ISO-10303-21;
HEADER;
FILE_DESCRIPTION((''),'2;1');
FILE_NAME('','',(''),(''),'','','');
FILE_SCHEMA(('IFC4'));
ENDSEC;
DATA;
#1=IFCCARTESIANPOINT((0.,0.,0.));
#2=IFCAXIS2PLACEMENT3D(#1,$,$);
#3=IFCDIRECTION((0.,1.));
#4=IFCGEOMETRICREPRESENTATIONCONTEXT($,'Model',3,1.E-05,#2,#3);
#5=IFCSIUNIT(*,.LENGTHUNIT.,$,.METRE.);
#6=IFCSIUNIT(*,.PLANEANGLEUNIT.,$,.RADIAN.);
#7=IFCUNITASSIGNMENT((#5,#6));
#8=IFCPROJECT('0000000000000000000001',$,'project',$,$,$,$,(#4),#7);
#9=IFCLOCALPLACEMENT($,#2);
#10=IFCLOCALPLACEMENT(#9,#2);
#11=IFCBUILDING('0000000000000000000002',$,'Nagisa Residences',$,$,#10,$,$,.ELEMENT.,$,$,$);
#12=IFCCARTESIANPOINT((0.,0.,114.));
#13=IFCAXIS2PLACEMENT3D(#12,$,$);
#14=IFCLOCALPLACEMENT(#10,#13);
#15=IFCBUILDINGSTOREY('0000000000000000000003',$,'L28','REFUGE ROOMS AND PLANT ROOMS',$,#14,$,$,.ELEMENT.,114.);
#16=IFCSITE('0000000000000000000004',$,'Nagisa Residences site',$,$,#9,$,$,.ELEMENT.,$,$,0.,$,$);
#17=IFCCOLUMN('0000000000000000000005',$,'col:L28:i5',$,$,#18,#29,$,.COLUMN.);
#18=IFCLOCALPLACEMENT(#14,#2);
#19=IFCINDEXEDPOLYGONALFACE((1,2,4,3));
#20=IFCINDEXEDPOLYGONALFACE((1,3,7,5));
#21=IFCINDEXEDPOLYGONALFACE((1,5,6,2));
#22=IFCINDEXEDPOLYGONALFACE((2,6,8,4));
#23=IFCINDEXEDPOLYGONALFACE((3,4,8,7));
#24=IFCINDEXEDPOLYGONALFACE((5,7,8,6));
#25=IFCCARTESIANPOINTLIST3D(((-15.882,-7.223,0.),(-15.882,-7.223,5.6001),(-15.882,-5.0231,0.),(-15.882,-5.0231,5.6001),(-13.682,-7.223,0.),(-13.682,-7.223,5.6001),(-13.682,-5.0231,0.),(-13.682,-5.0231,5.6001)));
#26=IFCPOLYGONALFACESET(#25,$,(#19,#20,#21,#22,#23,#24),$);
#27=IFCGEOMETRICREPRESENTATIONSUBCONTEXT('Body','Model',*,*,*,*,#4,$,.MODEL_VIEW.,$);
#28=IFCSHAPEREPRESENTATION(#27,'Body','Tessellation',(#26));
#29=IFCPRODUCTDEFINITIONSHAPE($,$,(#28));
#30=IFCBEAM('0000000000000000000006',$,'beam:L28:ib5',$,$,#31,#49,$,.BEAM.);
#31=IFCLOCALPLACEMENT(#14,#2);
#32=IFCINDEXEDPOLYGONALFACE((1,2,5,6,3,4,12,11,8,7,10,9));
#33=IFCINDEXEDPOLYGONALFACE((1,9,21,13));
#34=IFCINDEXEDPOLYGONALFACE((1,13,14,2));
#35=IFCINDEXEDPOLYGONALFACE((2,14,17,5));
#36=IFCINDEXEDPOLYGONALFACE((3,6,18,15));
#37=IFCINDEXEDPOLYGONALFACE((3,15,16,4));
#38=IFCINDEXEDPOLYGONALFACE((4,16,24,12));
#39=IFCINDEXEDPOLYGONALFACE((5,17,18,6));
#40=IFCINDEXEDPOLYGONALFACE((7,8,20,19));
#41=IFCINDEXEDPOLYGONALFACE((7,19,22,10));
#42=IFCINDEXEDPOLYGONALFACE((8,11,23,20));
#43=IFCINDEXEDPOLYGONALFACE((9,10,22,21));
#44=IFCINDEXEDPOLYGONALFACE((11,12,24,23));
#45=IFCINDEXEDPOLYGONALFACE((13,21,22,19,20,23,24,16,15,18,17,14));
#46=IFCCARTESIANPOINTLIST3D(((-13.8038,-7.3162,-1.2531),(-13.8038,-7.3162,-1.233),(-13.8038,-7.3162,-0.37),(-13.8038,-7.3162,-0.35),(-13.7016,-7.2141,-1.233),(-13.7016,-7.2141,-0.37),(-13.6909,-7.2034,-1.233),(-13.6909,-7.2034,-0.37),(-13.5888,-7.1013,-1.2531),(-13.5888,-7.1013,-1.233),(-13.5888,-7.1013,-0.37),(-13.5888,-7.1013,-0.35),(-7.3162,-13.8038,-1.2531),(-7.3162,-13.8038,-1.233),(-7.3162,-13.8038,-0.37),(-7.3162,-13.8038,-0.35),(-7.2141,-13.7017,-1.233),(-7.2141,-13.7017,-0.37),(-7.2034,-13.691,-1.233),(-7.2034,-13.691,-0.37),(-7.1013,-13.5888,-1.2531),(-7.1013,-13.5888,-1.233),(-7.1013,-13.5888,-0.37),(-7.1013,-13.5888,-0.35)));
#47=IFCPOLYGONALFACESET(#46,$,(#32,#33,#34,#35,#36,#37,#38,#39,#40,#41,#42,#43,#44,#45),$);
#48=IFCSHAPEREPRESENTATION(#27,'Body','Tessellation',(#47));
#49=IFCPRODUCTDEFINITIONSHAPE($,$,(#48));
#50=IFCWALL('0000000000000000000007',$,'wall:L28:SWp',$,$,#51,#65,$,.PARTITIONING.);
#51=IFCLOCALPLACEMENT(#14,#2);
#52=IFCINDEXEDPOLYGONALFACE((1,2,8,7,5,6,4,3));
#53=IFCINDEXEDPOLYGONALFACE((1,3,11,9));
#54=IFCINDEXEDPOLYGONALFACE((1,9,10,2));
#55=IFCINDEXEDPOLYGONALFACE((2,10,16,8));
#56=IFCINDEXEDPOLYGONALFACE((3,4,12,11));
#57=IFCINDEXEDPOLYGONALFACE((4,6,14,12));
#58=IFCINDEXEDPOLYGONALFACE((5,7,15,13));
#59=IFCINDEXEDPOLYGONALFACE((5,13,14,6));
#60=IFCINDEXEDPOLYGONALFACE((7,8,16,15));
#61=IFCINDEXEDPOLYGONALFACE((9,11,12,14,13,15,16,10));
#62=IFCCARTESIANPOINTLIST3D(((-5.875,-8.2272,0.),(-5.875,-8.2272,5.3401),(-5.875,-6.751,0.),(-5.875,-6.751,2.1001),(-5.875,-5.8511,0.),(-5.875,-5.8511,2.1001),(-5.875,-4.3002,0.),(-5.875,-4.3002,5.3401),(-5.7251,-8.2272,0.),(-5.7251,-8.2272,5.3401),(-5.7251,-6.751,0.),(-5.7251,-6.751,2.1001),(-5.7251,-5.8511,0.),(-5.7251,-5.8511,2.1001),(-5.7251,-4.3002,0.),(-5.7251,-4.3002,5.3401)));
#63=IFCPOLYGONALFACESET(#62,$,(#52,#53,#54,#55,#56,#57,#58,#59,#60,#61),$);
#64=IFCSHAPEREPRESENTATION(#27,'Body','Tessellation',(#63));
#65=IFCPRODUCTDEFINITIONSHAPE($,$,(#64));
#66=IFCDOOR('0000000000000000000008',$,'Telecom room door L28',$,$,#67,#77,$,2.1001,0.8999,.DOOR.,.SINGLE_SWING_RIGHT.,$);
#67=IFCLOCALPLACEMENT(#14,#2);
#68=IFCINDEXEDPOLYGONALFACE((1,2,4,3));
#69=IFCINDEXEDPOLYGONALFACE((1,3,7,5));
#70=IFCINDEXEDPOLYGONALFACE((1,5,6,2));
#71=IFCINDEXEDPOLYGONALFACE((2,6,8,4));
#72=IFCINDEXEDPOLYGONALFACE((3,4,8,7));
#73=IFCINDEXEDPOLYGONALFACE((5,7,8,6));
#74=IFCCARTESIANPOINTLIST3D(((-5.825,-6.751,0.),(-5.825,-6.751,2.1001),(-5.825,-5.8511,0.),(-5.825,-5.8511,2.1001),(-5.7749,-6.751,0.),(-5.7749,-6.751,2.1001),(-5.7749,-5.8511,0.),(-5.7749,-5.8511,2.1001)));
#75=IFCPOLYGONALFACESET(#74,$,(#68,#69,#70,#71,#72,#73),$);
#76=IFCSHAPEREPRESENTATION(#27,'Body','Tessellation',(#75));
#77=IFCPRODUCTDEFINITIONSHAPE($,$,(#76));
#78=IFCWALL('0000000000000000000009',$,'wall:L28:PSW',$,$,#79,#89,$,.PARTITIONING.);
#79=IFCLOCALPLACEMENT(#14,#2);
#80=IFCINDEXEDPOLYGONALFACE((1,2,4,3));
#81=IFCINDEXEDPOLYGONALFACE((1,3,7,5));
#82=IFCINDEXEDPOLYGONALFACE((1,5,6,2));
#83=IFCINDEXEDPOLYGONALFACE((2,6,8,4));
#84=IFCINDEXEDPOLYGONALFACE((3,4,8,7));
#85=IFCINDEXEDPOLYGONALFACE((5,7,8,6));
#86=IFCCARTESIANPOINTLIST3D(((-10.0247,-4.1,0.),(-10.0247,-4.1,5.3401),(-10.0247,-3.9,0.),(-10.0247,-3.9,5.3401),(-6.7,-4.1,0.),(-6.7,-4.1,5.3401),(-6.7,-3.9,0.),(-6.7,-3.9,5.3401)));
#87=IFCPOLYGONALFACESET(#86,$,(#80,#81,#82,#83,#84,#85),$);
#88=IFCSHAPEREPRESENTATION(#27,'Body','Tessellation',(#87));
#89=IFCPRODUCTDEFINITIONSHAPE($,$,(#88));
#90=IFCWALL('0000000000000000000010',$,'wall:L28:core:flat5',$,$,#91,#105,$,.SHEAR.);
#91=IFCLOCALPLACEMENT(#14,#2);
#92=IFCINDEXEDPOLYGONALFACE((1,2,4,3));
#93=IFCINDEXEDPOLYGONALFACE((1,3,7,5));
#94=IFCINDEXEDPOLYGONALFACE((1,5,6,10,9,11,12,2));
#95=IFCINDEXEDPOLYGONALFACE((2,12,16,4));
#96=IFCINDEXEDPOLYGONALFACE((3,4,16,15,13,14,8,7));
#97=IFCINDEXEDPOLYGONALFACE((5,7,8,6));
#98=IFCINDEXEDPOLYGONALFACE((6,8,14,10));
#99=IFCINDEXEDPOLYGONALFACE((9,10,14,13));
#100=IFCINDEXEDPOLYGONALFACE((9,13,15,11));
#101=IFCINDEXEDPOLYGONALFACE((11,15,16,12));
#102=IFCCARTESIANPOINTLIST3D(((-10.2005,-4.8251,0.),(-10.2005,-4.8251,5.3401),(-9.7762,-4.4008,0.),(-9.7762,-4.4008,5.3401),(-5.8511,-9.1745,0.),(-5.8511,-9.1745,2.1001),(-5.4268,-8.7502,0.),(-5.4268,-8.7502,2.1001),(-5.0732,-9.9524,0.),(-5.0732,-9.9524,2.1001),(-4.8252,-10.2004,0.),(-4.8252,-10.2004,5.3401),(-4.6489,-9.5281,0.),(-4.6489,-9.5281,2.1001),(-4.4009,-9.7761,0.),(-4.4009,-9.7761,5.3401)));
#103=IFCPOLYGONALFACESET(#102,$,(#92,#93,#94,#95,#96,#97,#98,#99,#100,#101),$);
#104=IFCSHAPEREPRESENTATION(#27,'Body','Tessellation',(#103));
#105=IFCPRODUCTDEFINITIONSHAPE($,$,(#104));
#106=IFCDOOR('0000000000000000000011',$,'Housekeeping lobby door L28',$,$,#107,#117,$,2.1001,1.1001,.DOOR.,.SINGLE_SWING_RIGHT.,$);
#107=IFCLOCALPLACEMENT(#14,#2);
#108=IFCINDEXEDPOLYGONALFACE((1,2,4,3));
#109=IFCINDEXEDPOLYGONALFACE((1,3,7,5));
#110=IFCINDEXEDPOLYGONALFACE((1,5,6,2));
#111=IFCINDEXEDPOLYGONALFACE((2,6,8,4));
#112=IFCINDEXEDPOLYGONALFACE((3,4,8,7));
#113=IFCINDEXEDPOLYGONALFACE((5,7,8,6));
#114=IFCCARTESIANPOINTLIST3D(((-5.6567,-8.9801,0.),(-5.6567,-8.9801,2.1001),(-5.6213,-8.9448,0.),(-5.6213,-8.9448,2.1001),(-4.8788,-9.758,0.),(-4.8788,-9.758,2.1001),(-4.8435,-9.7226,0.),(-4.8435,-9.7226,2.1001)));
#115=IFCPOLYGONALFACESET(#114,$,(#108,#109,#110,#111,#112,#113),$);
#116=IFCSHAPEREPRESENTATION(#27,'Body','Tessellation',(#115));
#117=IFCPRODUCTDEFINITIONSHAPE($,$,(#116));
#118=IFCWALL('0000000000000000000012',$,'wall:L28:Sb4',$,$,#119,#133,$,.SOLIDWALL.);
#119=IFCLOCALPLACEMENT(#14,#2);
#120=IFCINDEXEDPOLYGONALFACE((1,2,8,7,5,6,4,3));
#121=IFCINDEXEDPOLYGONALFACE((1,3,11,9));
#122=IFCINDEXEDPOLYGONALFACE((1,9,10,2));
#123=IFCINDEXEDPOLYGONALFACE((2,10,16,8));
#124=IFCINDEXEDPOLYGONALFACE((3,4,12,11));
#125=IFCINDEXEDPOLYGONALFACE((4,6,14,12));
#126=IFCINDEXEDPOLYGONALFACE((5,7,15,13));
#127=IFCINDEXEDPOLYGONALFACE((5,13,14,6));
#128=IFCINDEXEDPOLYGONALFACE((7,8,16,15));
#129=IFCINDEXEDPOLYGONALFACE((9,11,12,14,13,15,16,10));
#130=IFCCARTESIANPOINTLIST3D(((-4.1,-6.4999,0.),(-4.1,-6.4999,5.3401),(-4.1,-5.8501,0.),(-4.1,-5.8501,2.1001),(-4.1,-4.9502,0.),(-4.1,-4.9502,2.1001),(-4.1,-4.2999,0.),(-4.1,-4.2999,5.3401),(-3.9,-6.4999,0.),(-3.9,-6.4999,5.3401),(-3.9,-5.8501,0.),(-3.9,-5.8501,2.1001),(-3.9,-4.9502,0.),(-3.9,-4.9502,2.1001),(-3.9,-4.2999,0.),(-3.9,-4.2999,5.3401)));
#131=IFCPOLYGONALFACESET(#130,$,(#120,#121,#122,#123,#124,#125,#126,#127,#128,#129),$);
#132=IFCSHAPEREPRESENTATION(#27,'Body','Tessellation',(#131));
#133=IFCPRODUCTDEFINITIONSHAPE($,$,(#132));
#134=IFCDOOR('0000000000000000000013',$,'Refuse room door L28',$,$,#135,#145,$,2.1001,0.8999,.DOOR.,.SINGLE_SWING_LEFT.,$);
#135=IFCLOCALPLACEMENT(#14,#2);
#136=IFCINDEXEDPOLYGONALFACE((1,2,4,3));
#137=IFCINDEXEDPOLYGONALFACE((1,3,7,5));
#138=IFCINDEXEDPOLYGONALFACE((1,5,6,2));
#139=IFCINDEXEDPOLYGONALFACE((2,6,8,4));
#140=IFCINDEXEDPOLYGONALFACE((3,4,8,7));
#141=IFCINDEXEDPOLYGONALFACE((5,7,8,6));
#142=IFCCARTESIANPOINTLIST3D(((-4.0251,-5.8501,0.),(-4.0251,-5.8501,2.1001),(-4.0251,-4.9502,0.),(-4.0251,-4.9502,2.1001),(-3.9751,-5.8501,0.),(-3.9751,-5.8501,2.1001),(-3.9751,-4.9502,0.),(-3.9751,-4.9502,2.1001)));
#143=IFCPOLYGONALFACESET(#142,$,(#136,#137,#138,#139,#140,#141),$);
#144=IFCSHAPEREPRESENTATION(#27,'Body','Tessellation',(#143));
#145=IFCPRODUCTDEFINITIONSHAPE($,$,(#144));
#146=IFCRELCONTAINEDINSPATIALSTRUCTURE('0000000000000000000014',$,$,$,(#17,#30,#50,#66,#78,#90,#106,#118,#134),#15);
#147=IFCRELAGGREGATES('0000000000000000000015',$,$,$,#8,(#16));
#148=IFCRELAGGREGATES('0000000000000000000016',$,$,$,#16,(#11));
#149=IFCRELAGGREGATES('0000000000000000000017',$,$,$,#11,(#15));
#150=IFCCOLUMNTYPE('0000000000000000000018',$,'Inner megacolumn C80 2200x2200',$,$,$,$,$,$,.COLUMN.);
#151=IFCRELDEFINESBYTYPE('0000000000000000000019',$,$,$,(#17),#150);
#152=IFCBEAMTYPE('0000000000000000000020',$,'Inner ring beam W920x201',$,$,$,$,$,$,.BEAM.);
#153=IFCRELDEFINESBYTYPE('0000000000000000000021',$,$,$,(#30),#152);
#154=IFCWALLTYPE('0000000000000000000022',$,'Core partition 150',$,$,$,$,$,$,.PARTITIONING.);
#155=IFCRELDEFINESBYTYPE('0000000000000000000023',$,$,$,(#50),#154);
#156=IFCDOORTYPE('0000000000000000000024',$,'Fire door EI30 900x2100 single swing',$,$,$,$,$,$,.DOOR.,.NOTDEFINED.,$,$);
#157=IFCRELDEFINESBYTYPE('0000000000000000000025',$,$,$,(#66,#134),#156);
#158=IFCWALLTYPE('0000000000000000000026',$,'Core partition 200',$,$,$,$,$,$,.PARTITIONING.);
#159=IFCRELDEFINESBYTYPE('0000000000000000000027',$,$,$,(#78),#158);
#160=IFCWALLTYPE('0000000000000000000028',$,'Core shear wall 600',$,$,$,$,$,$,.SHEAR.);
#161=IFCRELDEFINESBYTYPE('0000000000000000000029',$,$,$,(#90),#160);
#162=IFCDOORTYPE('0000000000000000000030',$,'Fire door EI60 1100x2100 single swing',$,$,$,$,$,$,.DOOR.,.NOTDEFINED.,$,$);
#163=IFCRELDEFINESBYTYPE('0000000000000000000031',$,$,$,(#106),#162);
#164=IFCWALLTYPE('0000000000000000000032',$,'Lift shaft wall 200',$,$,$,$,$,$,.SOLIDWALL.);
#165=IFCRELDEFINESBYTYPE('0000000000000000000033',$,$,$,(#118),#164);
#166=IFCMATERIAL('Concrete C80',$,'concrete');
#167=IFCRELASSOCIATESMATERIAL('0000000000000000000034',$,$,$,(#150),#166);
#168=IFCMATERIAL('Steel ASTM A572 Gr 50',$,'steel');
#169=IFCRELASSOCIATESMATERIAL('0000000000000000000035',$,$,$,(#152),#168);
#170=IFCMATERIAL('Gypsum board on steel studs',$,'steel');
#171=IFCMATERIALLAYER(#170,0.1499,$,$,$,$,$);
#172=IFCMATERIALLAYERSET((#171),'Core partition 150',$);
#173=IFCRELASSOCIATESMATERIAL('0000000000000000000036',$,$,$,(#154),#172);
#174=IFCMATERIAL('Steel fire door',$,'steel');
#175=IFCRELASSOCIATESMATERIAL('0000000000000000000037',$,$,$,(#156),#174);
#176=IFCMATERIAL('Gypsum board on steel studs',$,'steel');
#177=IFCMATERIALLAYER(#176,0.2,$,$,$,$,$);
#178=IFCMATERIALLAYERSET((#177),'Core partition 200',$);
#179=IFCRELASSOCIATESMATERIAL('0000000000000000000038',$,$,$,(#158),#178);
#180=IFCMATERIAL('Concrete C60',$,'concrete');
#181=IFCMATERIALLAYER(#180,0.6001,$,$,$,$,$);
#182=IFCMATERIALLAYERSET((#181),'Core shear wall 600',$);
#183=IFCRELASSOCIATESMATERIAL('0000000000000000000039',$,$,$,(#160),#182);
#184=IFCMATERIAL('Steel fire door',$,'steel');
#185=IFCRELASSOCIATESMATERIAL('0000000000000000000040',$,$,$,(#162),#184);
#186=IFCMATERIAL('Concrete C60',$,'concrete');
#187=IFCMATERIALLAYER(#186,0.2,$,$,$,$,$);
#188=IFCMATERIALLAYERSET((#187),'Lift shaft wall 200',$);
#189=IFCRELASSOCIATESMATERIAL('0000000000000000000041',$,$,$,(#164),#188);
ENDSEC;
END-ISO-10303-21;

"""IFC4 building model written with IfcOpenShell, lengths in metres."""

from ifc_helpers import new_model, si_unit, direction, frame, frame_2d, origin, origin_2d, place, context, subcontext, project, spatial, rectangle, i_section, extrude, material, layer, layer_set, material_profile, profile_set, type_object, element, fill, save


model = new_model("IFC4")

# Units and contexts
model_context = context("Model", 3, precision=1e-05, world=origin(), true_north=direction((0.0, 1.0)))
body_context = subcontext(model_context, "Body", "Model", "MODEL_VIEW")
ifc_project = project(units=[si_unit("LENGTHUNIT", "METRE"), si_unit("PLANEANGLEUNIT", "RADIAN")], contexts=[model_context])

# Site, building, storey
site_placement = place(None, origin())
site = spatial("IfcSite", under=ifc_project, at=site_placement, Name="Nagisa Residences site", CompositionType="ELEMENT", RefElevation=0.0)
building_placement = place(site_placement, origin())
building = spatial("IfcBuilding", under=site, at=building_placement, Name="Nagisa Residences", CompositionType="ELEMENT")
storey_placement = place(building_placement, frame((0.0, 0.0, 114.0)))
storey = spatial("IfcBuildingStorey", under=building, at=storey_placement, Name="L28", Description="REFUGE ROOMS AND PLANT ROOMS", CompositionType="ELEMENT", Elevation=114.0)

# Column
ifc_material_1 = material(Name="Concrete C80", Category="concrete")
ifc_material_profile_1 = material_profile(ifc_material_1, rectangle(XDim=2.2, YDim=2.2, at=origin_2d()), Name="C80 2200x2200")
ifc_profile_set_1 = profile_set([ifc_material_profile_1], Name="Concrete C80")
column_type = type_object("IfcColumnType", Name="Inner megacolumn C80 2200x2200", PredefinedType="COLUMN", material=ifc_profile_set_1)
column_placement = place(storey_placement, frame((-14.782, -6.123, 0.0), z_axis=(0.0, 0.0, 1.0), x_axis=(1.0, 0.0, 0.0)))
element("IfcColumn", 1, at=column_placement, inside=storey, type_object=column_type, Name="col:L28:i5", PredefinedType="COLUMN", context=body_context, shape_type="SweptSolid", body=[
    extrude(rectangle(XDim=2.2, YDim=2.2, at=origin_2d()), origin(), (0.0, 0.0, 1.0), 5.6001),
])

# Beam
ifc_material_2 = material(Name="Steel ASTM A572 Gr 50", Category="steel")
ifc_material_profile_2 = material_profile(ifc_material_2, i_section(OverallWidth=0.304, OverallDepth=0.9031, WebThickness=0.0151, FlangeThickness=0.02, at=origin_2d()), Name="W920x201")
ifc_profile_set_2 = profile_set([ifc_material_profile_2], Name="Steel ASTM A572 Gr 50")
beam_type = type_object("IfcBeamType", Name="Inner ring beam W920x201", PredefinedType="BEAM", material=ifc_profile_set_2)
beam_placement = place(storey_placement, frame((-13.6963, -7.2087, -0.8015), z_axis=(0.707107, -0.707107, 0.0), x_axis=(0.707107, 0.707107, 0.0)))
element("IfcBeam", 2, at=beam_placement, inside=storey, type_object=beam_type, Name="beam:L28:ib5", PredefinedType="BEAM", context=body_context, shape_type="SweptSolid", body=[
    extrude(i_section(OverallWidth=0.304, OverallDepth=0.9031, WebThickness=0.0151, FlangeThickness=0.02, at=origin_2d()), origin(), (0.0, 0.0, 1.0), 9.1748),
])

# Wall, opening, door
ifc_material_3 = material(Name="Gypsum board on steel studs", Category="steel")
ifc_layer_1 = layer(ifc_material_3, 0.1499)
ifc_layer_set_1 = layer_set([ifc_layer_1], Name="Core partition 150")
wall_type_1 = type_object("IfcWallType", Name="Core partition 150", PredefinedType="PARTITIONING", material=ifc_layer_set_1)
wall_1_placement = place(storey_placement, frame((-5.8, -8.2271, 0.0), z_axis=(0.0, 0.0, 1.0), x_axis=(0.0, 1.0, 0.0)))
wall_1 = element("IfcWall", 3, at=wall_1_placement, inside=storey, type_object=wall_type_1, Name="wall:L28:SWp", PredefinedType="PARTITIONING", context=body_context, shape_type="SweptSolid", body=[
    extrude(rectangle(XDim=3.927, YDim=0.1499, at=frame_2d((1.9634, 0.0))), origin(), (0.0, 0.0, 1.0), 5.3401),
])
opening_1_placement = place(wall_1_placement, frame((1.4761, 0.0, 0.0)))
opening_1 = element("IfcOpeningElement", 4, at=opening_1_placement, cuts=wall_1, PredefinedType="OPENING", context=body_context, shape_type="SweptSolid", body=[
    extrude(rectangle(XDim=0.8999, YDim=2.1001, at=frame_2d((0.45, 1.05))), frame((0.0, 0.085, 0.0), z_axis=(0.0, -1.0, 0.0), x_axis=(1.0, 0.0, 0.0)), (0.0, 0.0, 1.0), 0.1699),
])
ifc_material_4 = material(Name="Steel fire door", Category="steel")
door_type_1 = type_object("IfcDoorType", Name="Fire door EI30 900x2100 single swing", OperationType="NOTDEFINED", PredefinedType="DOOR", material=ifc_material_4)
door_1_placement = place(opening_1_placement, origin())
door_1 = element("IfcDoor", 5, at=door_1_placement, inside=storey, type_object=door_type_1, Name="Telecom room door L28", OperationType="SINGLE_SWING_RIGHT", OverallHeight=2.1001, OverallWidth=0.8999, PredefinedType="DOOR", context=body_context, shape_type="SweptSolid", body=[
    extrude(rectangle(XDim=0.8999, YDim=2.1001, at=frame_2d((0.45, 1.05))), frame((0.0, 0.0249, 0.0), z_axis=(0.0, -1.0, 0.0), x_axis=(1.0, 0.0, 0.0)), (0.0, 0.0, 1.0), 0.05),
])
fill(opening_1, door_1)

# Wall
ifc_material_5 = material(Name="Gypsum board on steel studs", Category="steel")
ifc_layer_2 = layer(ifc_material_5, 0.2)
ifc_layer_set_2 = layer_set([ifc_layer_2], Name="Core partition 200")
wall_type_2 = type_object("IfcWallType", Name="Core partition 200", PredefinedType="PARTITIONING", material=ifc_layer_set_2)
wall_2_placement = place(storey_placement, frame((-10.0247, -4.0, 0.0), z_axis=(0.0, 0.0, 1.0), x_axis=(1.0, 0.0, 0.0)))
element("IfcWall", 6, at=wall_2_placement, inside=storey, type_object=wall_type_2, Name="wall:L28:PSW", PredefinedType="PARTITIONING", context=body_context, shape_type="SweptSolid", body=[
    extrude(rectangle(XDim=3.3247, YDim=0.2, at=frame_2d((1.6624, 0.0))), origin(), (0.0, 0.0, 1.0), 5.3401),
])

# Walls, openings, doors
ifc_material_6 = material(Name="Concrete C60", Category="concrete")
ifc_layer_3 = layer(ifc_material_6, 0.6001)
ifc_layer_set_3 = layer_set([ifc_layer_3], Name="Core shear wall 600")
wall_type_3 = type_object("IfcWallType", Name="Core shear wall 600", PredefinedType="SHEAR", material=ifc_layer_set_3)
wall_3_placement = place(storey_placement, frame((-9.9883, -4.613, 0.0), z_axis=(0.0, 0.0, 1.0), x_axis=(0.707107, -0.707107, 0.0)))
wall_3 = element("IfcWall", 7, at=wall_3_placement, inside=storey, type_object=wall_type_3, Name="wall:L28:core:flat5", PredefinedType="SHEAR", context=body_context, shape_type="SweptSolid", body=[
    extrude(rectangle(XDim=7.6018, YDim=0.6001, at=frame_2d((3.8008, 0.0))), origin(), (0.0, 0.0, 1.0), 5.3401),
])
opening_2_placement = place(wall_3_placement, frame((6.1509, 0.0, 0.0)))
opening_2 = element("IfcOpeningElement", 8, at=opening_2_placement, cuts=wall_3, PredefinedType="OPENING", context=body_context, shape_type="SweptSolid", body=[
    extrude(rectangle(XDim=1.1001, YDim=2.1001, at=frame_2d((0.55, 1.05))), frame((0.0, 0.3101, 0.0), z_axis=(0.0, -1.0, 0.0), x_axis=(1.0, 0.0, 0.0)), (0.0, 0.0, 1.0), 0.6201),
])
ifc_material_7 = material(Name="Steel fire door", Category="steel")
door_type_2 = type_object("IfcDoorType", Name="Fire door EI60 1100x2100 single swing", OperationType="NOTDEFINED", PredefinedType="DOOR", material=ifc_material_7)
door_2_placement = place(opening_2_placement, origin())
door_2 = element("IfcDoor", 9, at=door_2_placement, inside=storey, type_object=door_type_2, Name="Housekeeping lobby door L28", OperationType="SINGLE_SWING_RIGHT", OverallHeight=2.1001, OverallWidth=1.1001, PredefinedType="DOOR", context=body_context, shape_type="SweptSolid", body=[
    extrude(rectangle(XDim=1.1001, YDim=2.1001, at=frame_2d((0.55, 1.05))), frame((0.0, 0.0249, 0.0), z_axis=(0.0, -1.0, 0.0), x_axis=(1.0, 0.0, 0.0)), (0.0, 0.0, 1.0), 0.05),
])
fill(opening_2, door_2)
ifc_material_8 = material(Name="Concrete C60", Category="concrete")
ifc_layer_4 = layer(ifc_material_8, 0.2)
ifc_layer_set_4 = layer_set([ifc_layer_4], Name="Lift shaft wall 200")
wall_type_4 = type_object("IfcWallType", Name="Lift shaft wall 200", PredefinedType="SOLIDWALL", material=ifc_layer_set_4)
wall_4_placement = place(storey_placement, frame((-4.0, -6.5, 0.0), z_axis=(0.0, 0.0, 1.0), x_axis=(0.0, 1.0, 0.0)))
wall_4 = element("IfcWall", 10, at=wall_4_placement, inside=storey, type_object=wall_type_4, Name="wall:L28:Sb4", PredefinedType="SOLIDWALL", context=body_context, shape_type="SweptSolid", body=[
    extrude(rectangle(XDim=2.2, YDim=0.2, at=frame_2d((1.1001, 0.0))), origin(), (0.0, 0.0, 1.0), 5.3401),
])
opening_3_placement = place(wall_4_placement, frame((0.6499, 0.0, 0.0)))
opening_3 = element("IfcOpeningElement", 11, at=opening_3_placement, cuts=wall_4, PredefinedType="OPENING", context=body_context, shape_type="SweptSolid", body=[
    extrude(rectangle(XDim=0.8999, YDim=2.1001, at=frame_2d((0.45, 1.05))), frame((0.0, 0.1099, 0.0), z_axis=(0.0, -1.0, 0.0), x_axis=(1.0, 0.0, 0.0)), (0.0, 0.0, 1.0), 0.22),
])
door_3_placement = place(opening_3_placement, frame((0.8999, 0.0, 0.0), x_axis=(-1.0, 0.0, 0.0)))
door_3 = element("IfcDoor", 12, at=door_3_placement, inside=storey, type_object=door_type_1, Name="Refuse room door L28", OperationType="SINGLE_SWING_LEFT", OverallHeight=2.1001, OverallWidth=0.8999, PredefinedType="DOOR", context=body_context, shape_type="SweptSolid", body=[
    extrude(rectangle(XDim=0.8999, YDim=2.1001, at=frame_2d((0.45, 1.05))), frame((0.0, 0.0249, 0.0), z_axis=(0.0, -1.0, 0.0), x_axis=(1.0, 0.0, 0.0)), (0.0, 0.0, 1.0), 0.05),
])
fill(opening_3, door_3)

save(model, "model.ifc")
